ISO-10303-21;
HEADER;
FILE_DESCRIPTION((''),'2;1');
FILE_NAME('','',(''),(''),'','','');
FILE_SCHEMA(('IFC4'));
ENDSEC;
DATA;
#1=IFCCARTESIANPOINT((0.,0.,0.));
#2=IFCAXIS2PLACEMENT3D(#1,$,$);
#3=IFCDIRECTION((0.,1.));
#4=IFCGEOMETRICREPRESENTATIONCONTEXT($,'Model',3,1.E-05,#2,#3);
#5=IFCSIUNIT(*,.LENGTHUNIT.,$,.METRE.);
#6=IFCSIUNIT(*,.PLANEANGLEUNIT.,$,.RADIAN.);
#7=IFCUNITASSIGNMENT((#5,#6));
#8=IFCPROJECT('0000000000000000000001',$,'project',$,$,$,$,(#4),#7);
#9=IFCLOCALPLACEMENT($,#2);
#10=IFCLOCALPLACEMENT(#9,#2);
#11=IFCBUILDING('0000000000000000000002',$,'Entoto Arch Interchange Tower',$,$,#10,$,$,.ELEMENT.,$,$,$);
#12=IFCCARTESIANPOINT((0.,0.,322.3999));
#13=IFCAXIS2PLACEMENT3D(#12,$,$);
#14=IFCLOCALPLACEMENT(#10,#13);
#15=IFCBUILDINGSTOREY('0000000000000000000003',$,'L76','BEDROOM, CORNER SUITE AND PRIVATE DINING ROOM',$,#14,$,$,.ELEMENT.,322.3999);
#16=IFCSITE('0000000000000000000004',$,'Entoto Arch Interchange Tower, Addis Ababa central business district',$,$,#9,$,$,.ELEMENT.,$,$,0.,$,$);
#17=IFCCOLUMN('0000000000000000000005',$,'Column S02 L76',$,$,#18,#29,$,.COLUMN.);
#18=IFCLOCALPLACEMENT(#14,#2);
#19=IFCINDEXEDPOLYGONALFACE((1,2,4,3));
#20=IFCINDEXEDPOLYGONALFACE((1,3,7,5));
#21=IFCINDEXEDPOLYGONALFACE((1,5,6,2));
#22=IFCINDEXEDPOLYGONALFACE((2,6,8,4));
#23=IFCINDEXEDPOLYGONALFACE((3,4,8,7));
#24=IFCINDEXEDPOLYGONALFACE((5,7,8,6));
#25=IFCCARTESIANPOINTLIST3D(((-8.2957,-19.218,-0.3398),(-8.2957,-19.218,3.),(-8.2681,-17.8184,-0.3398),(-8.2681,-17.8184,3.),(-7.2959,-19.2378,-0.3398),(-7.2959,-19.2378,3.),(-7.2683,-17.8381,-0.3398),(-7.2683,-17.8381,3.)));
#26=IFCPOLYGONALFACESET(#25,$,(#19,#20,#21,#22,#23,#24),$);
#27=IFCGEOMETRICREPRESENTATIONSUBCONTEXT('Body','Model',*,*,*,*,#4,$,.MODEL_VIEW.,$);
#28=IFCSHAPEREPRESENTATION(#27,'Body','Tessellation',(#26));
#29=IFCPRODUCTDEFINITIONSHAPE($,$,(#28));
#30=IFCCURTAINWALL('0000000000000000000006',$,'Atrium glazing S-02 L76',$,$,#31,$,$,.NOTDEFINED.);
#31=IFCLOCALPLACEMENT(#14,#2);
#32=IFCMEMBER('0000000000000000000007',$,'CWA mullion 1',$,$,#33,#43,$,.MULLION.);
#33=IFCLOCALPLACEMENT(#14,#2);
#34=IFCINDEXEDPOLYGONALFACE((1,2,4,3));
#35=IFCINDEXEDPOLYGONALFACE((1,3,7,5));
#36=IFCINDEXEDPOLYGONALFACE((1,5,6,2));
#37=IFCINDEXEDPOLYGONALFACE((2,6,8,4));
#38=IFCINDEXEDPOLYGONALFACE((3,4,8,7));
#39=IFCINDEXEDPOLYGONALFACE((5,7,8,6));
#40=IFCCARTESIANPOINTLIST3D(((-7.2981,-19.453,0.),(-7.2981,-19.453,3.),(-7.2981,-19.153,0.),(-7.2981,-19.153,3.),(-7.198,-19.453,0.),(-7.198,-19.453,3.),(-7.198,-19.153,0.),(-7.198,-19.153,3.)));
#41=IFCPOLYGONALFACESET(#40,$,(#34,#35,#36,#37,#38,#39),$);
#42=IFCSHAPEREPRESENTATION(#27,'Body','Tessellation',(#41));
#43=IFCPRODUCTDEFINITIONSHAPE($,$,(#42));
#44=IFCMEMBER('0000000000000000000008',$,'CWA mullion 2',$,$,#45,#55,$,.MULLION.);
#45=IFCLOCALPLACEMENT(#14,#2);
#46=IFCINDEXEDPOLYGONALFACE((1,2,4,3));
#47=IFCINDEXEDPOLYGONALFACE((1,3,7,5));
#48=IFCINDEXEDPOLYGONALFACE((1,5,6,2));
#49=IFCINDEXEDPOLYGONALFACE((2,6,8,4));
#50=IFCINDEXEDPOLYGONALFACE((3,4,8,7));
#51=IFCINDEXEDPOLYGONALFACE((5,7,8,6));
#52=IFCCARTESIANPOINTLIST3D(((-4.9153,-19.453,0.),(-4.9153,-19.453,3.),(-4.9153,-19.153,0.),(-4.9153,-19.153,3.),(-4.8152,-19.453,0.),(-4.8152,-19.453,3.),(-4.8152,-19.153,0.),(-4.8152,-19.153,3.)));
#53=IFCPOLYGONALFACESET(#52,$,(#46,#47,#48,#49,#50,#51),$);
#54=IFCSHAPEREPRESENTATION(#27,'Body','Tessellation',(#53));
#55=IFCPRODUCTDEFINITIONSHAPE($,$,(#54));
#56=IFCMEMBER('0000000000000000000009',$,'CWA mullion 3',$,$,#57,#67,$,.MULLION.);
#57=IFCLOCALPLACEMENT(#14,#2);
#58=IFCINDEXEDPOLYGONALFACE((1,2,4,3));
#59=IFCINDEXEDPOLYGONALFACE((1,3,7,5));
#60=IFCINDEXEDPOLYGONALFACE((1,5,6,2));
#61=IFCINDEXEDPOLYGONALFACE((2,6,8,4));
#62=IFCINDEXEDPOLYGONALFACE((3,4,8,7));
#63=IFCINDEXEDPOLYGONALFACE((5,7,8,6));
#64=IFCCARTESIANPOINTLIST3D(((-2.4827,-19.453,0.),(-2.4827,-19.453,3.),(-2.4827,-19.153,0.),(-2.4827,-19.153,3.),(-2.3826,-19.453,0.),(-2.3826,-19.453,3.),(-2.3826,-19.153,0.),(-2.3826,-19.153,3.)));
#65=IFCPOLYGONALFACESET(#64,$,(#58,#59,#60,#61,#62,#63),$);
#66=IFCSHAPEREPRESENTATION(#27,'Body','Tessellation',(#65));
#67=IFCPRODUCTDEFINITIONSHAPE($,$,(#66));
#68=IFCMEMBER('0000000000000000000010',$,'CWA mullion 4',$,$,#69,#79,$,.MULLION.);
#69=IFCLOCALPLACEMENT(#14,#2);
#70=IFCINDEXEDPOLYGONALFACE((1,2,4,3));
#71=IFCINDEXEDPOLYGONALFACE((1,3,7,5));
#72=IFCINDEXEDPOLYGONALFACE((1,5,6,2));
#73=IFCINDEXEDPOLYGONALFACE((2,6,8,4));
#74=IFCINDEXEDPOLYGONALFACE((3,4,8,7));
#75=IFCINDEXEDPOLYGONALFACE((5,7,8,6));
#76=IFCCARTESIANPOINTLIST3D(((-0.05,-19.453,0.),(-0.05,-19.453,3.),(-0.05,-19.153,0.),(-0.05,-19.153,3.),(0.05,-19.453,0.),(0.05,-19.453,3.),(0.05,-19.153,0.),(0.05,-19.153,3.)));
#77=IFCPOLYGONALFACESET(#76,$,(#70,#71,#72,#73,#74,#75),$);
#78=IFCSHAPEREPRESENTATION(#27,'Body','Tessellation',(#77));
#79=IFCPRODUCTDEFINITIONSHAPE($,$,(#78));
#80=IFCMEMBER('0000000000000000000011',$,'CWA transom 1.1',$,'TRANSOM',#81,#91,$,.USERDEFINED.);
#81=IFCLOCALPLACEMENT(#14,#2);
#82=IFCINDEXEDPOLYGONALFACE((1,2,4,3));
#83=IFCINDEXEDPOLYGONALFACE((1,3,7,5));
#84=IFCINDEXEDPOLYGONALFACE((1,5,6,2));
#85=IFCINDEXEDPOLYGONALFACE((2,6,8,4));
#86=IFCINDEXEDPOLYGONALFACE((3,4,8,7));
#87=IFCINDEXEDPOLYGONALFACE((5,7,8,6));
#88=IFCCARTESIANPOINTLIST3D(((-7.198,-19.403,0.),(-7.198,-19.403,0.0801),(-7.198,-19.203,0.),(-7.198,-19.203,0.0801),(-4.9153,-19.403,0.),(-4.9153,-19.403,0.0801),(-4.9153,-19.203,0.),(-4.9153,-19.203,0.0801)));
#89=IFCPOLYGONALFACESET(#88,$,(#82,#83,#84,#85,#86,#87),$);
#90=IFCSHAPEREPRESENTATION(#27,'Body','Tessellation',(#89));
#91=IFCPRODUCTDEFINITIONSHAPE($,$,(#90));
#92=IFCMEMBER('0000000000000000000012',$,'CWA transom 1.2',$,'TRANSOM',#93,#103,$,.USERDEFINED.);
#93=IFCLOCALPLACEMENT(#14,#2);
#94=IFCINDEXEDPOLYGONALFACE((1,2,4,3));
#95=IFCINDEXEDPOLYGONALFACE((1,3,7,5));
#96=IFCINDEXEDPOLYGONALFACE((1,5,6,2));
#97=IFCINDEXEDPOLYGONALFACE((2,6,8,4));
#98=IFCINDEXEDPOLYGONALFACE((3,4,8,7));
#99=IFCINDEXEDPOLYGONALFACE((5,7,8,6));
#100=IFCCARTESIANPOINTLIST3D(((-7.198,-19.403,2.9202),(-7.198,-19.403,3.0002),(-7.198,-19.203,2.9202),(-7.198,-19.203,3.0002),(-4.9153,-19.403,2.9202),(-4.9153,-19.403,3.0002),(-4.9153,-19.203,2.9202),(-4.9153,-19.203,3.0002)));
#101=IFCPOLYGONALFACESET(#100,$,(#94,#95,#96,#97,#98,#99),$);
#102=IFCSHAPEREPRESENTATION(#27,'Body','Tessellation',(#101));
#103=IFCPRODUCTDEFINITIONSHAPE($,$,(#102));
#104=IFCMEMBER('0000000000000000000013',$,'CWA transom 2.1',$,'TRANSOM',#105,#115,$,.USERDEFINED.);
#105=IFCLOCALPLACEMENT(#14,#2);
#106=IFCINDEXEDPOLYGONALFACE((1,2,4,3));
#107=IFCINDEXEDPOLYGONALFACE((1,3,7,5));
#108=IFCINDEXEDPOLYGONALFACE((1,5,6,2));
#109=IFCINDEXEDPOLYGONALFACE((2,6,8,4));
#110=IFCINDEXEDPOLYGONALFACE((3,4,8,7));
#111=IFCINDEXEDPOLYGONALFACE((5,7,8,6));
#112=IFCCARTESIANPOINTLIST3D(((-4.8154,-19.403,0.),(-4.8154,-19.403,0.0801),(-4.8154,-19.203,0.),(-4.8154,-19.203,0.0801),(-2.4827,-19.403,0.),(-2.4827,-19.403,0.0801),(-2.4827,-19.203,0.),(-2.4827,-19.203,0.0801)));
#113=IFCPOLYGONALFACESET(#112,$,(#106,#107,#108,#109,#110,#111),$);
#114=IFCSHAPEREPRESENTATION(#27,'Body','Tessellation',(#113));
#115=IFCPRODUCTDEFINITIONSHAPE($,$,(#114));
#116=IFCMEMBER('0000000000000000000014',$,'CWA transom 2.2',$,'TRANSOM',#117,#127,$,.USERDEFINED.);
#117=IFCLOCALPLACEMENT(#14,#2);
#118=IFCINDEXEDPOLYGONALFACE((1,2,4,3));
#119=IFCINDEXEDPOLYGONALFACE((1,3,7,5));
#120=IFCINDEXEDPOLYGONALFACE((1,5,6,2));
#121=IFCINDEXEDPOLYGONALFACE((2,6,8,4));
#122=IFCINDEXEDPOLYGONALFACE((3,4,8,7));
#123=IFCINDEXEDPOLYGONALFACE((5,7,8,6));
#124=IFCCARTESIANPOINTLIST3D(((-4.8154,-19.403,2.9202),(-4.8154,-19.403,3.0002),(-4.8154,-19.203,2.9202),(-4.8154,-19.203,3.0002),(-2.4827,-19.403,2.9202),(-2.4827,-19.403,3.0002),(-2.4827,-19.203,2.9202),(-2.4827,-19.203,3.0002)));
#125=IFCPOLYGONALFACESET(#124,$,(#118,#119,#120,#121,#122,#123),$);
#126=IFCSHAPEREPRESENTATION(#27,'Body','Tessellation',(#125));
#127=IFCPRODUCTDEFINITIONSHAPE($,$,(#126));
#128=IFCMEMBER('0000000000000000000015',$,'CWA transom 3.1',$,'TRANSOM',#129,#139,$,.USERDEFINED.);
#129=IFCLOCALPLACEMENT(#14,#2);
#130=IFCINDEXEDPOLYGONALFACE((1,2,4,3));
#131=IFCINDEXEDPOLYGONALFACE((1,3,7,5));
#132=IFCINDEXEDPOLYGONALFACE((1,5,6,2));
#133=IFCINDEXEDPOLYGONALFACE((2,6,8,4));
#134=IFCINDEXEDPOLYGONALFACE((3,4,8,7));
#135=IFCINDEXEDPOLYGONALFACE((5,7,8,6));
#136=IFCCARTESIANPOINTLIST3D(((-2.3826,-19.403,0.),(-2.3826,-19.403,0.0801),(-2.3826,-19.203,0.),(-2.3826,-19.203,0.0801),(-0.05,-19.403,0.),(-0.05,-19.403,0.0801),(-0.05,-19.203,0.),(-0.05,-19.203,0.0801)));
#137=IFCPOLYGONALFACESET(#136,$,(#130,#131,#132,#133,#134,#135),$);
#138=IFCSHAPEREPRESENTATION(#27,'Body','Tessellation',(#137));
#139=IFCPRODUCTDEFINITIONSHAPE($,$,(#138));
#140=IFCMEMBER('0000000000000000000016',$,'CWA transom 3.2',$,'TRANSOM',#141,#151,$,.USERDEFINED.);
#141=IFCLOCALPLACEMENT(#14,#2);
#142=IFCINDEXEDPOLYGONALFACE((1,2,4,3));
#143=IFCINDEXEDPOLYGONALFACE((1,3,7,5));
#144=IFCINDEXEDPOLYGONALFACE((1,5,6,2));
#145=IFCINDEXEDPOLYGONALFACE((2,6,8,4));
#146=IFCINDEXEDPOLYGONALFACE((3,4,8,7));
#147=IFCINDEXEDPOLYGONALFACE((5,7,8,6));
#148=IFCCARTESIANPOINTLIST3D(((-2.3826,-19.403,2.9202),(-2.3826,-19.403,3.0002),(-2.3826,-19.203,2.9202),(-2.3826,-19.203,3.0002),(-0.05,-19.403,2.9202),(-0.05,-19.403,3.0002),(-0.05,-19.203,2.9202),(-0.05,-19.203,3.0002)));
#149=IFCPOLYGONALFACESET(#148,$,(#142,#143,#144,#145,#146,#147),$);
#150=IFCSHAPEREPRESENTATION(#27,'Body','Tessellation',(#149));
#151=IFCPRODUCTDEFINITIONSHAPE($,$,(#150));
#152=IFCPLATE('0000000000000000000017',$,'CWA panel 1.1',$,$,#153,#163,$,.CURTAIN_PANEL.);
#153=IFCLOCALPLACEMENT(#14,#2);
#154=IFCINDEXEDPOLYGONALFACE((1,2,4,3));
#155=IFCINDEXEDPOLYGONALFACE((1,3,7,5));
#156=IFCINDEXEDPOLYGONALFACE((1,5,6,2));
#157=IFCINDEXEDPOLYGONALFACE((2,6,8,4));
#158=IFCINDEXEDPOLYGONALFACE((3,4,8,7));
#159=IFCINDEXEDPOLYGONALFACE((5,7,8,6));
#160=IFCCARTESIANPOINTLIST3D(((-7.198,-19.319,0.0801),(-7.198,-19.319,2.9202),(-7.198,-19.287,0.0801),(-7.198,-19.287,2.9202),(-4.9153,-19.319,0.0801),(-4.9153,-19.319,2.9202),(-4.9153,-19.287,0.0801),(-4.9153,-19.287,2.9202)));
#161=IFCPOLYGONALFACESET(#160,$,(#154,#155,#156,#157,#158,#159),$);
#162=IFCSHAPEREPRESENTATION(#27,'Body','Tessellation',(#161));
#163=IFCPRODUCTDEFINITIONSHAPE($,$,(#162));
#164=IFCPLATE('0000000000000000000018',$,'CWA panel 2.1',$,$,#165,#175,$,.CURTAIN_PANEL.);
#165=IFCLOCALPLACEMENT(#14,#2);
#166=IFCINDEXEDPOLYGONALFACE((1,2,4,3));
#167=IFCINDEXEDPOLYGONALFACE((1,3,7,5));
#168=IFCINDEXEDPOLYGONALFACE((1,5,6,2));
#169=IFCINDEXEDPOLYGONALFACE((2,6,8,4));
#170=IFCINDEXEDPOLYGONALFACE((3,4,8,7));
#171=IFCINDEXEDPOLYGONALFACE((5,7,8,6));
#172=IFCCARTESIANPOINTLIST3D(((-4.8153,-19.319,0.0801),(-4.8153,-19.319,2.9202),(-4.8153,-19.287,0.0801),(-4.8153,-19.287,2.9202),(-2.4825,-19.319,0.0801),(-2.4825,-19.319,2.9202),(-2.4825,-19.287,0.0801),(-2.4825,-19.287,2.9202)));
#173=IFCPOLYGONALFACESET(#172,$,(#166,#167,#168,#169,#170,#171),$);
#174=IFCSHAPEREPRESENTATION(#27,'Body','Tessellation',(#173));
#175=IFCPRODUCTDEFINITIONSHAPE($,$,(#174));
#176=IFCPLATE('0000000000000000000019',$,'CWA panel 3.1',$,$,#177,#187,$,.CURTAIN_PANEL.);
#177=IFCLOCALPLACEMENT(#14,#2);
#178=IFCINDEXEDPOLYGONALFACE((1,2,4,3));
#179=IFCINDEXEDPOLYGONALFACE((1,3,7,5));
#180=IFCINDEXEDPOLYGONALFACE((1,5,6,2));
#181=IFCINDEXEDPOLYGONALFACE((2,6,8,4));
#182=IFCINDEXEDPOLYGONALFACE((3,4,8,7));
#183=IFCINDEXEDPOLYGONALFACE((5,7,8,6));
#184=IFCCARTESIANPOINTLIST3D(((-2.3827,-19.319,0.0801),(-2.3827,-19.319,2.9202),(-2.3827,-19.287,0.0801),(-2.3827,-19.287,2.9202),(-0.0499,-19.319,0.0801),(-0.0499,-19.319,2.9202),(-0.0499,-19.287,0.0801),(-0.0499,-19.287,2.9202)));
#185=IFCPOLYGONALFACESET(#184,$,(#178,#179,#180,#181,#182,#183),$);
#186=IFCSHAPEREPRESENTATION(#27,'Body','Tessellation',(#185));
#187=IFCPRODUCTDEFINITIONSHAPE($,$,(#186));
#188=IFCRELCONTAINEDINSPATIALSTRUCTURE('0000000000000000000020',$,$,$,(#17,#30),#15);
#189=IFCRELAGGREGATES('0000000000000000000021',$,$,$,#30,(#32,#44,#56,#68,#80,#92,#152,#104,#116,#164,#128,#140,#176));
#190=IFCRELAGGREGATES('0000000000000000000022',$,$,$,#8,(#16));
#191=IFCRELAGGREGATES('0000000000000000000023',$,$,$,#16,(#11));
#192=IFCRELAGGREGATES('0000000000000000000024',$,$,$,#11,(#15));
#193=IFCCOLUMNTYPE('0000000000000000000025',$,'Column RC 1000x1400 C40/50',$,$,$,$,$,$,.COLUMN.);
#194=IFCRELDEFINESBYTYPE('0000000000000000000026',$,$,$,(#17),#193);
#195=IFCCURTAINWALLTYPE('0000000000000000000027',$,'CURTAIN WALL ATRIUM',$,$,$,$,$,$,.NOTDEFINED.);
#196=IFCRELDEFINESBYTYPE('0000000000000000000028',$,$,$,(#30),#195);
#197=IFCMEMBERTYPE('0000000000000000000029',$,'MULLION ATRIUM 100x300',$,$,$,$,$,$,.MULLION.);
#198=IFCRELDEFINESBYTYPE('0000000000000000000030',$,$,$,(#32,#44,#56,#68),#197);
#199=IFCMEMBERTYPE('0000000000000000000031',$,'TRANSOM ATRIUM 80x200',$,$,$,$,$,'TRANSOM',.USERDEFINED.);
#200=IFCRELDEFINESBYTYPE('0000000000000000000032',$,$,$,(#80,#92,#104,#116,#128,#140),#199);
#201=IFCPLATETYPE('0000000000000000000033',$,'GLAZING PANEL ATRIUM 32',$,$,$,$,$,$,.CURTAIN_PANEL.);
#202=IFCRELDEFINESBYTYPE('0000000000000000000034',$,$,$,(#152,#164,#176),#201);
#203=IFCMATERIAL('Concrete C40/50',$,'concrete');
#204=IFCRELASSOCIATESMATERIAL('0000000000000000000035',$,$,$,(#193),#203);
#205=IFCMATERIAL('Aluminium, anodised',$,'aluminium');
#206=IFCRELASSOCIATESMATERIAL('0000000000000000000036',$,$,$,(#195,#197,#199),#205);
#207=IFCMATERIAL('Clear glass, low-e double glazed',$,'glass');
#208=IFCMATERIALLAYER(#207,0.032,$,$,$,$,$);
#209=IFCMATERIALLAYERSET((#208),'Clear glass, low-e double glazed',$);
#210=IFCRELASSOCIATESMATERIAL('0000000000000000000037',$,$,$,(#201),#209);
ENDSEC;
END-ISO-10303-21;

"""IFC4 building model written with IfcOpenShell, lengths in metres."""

from ifc_helpers import new_model, si_unit, direction, frame, origin, origin_2d, place, context, subcontext, project, spatial, rectangle, extrude, material, layer, layer_set, material_profile, profile_set, type_object, element, aggregate, save


model = new_model("IFC4")

# Units and contexts
model_context = context("Model", 3, precision=1e-05, world=origin(), true_north=direction((0.0, 1.0)))
body_context = subcontext(model_context, "Body", "Model", "MODEL_VIEW")
ifc_project = project(units=[si_unit("LENGTHUNIT", "METRE"), si_unit("PLANEANGLEUNIT", "RADIAN")], contexts=[model_context])

# Site, building, storey
site_placement = place(None, origin())
site = spatial("IfcSite", under=ifc_project, at=site_placement, Name="Entoto Arch Interchange Tower, Addis Ababa central business district", CompositionType="ELEMENT", RefElevation=0.0)
building_placement = place(site_placement, origin())
building = spatial("IfcBuilding", under=site, at=building_placement, Name="Entoto Arch Interchange Tower", CompositionType="ELEMENT")
storey_placement = place(building_placement, frame((0.0, 0.0, 322.3999)))
storey = spatial("IfcBuildingStorey", under=building, at=storey_placement, Name="L76", Description="BEDROOM, CORNER SUITE AND PRIVATE DINING ROOM", CompositionType="ELEMENT", Elevation=322.3999)

# Column
ifc_material_1 = material(Name="Concrete C40/50", Category="concrete")
ifc_material_profile_1 = material_profile(ifc_material_1, rectangle(XDim=1.0, YDim=1.3999, at=origin_2d()))
ifc_profile_set_1 = profile_set([ifc_material_profile_1], Name="Concrete C40/50")
column_type = type_object("IfcColumnType", Name="Column RC 1000x1400 C40/50", PredefinedType="COLUMN", material=ifc_profile_set_1)
column_placement = place(storey_placement, frame((-7.782, -18.5281, -0.3398), z_axis=(0.0, 0.0, 1.0), x_axis=(-0.999806, 0.019721, 0.0)))
element("IfcColumn", 1, at=column_placement, inside=storey, type_object=column_type, Name="Column S02 L76", PredefinedType="COLUMN", context=body_context, shape_type="SweptSolid", body=[
    extrude(rectangle(XDim=1.0, YDim=1.3999, at=origin_2d()), origin(), (0.0, 0.0, 1.0), 3.3398),
])

# Curtain wall, members, plates
ifc_material_2 = material(Name="Aluminium, anodised", Category="aluminium")
curtain_wall_type = type_object("IfcCurtainWallType", Name="CURTAIN WALL ATRIUM", PredefinedType="NOTDEFINED", material=ifc_material_2)
curtain_wall_placement = place(storey_placement, origin())
curtain_wall = element("IfcCurtainWall", 2, at=curtain_wall_placement, inside=storey, type_object=curtain_wall_type, Name="Atrium glazing S-02 L76", PredefinedType="NOTDEFINED")
ifc_material_profile_2 = material_profile(ifc_material_2, rectangle(XDim=0.3, YDim=0.1001, at=origin_2d()))
ifc_profile_set_2 = profile_set([ifc_material_profile_2], Name="Aluminium, anodised")
member_type_1 = type_object("IfcMemberType", Name="MULLION ATRIUM 100x300", PredefinedType="MULLION", material=ifc_profile_set_2)
member_1_placement = place(storey_placement, frame((-7.248, -19.303, 0.0), z_axis=(0.0, 0.0, 1.0), x_axis=(0.0, 1.0, 0.0)))
member_1 = element("IfcMember", 3, at=member_1_placement, type_object=member_type_1, Name="CWA mullion 1", PredefinedType="MULLION", context=body_context, shape_type="SweptSolid", body=[
    extrude(rectangle(XDim=0.3, YDim=0.1001, at=origin_2d()), origin(), (0.0, 0.0, 1.0), 3.0),
])
member_2_placement = place(storey_placement, frame((-4.8652, -19.303, 0.0), z_axis=(0.0, 0.0, 1.0), x_axis=(0.0, 1.0, 0.0)))
member_2 = element("IfcMember", 4, at=member_2_placement, type_object=member_type_1, Name="CWA mullion 2", PredefinedType="MULLION", context=body_context, shape_type="SweptSolid", body=[
    extrude(rectangle(XDim=0.3, YDim=0.1001, at=origin_2d()), origin(), (0.0, 0.0, 1.0), 3.0),
])
member_3_placement = place(storey_placement, frame((-2.4326, -19.303, 0.0), z_axis=(0.0, 0.0, 1.0), x_axis=(0.0, 1.0, 0.0)))
member_3 = element("IfcMember", 5, at=member_3_placement, type_object=member_type_1, Name="CWA mullion 3", PredefinedType="MULLION", context=body_context, shape_type="SweptSolid", body=[
    extrude(rectangle(XDim=0.3, YDim=0.1001, at=origin_2d()), origin(), (0.0, 0.0, 1.0), 3.0),
])
member_4_placement = place(storey_placement, frame((0.0, -19.303, 0.0), z_axis=(0.0, 0.0, 1.0), x_axis=(0.0, 1.0, 0.0)))
member_4 = element("IfcMember", 6, at=member_4_placement, type_object=member_type_1, Name="CWA mullion 4", PredefinedType="MULLION", context=body_context, shape_type="SweptSolid", body=[
    extrude(rectangle(XDim=0.3, YDim=0.1001, at=origin_2d()), origin(), (0.0, 0.0, 1.0), 3.0),
])
ifc_material_profile_3 = material_profile(ifc_material_2, rectangle(XDim=0.2, YDim=0.0801, at=origin_2d()))
ifc_profile_set_3 = profile_set([ifc_material_profile_3], Name="Aluminium, anodised")
member_type_2 = type_object("IfcMemberType", Name="TRANSOM ATRIUM 80x200", ElementType="TRANSOM", PredefinedType="USERDEFINED", material=ifc_profile_set_3)
member_5_placement = place(storey_placement, frame((-7.198, -19.303, 0.04), z_axis=(1.0, 0.0, 0.0), x_axis=(0.0, 1.0, 0.0)))
member_5 = element("IfcMember", 7, at=member_5_placement, type_object=member_type_2, Name="CWA transom 1.1", ObjectType="TRANSOM", PredefinedType="USERDEFINED", context=body_context, shape_type="SweptSolid", body=[
    extrude(rectangle(XDim=0.2, YDim=0.0801, at=origin_2d()), origin(), (0.0, 0.0, 1.0), 2.2827),
])
member_6_placement = place(storey_placement, frame((-7.198, -19.303, 2.9602), z_axis=(1.0, 0.0, 0.0), x_axis=(0.0, 1.0, 0.0)))
member_6 = element("IfcMember", 8, at=member_6_placement, type_object=member_type_2, Name="CWA transom 1.2", ObjectType="TRANSOM", PredefinedType="USERDEFINED", context=body_context, shape_type="SweptSolid", body=[
    extrude(rectangle(XDim=0.2, YDim=0.0801, at=origin_2d()), origin(), (0.0, 0.0, 1.0), 2.2827),
])
member_7_placement = place(storey_placement, frame((-4.8154, -19.303, 0.04), z_axis=(1.0, 0.0, 0.0), x_axis=(0.0, 1.0, 0.0)))
member_7 = element("IfcMember", 9, at=member_7_placement, type_object=member_type_2, Name="CWA transom 2.1", ObjectType="TRANSOM", PredefinedType="USERDEFINED", context=body_context, shape_type="SweptSolid", body=[
    extrude(rectangle(XDim=0.2, YDim=0.0801, at=origin_2d()), origin(), (0.0, 0.0, 1.0), 2.3328),
])
member_8_placement = place(storey_placement, frame((-4.8154, -19.303, 2.9602), z_axis=(1.0, 0.0, 0.0), x_axis=(0.0, 1.0, 0.0)))
member_8 = element("IfcMember", 10, at=member_8_placement, type_object=member_type_2, Name="CWA transom 2.2", ObjectType="TRANSOM", PredefinedType="USERDEFINED", context=body_context, shape_type="SweptSolid", body=[
    extrude(rectangle(XDim=0.2, YDim=0.0801, at=origin_2d()), origin(), (0.0, 0.0, 1.0), 2.3328),
])
member_9_placement = place(storey_placement, frame((-2.3826, -19.303, 0.04), z_axis=(1.0, 0.0, 0.0), x_axis=(0.0, 1.0, 0.0)))
member_9 = element("IfcMember", 11, at=member_9_placement, type_object=member_type_2, Name="CWA transom 3.1", ObjectType="TRANSOM", PredefinedType="USERDEFINED", context=body_context, shape_type="SweptSolid", body=[
    extrude(rectangle(XDim=0.2, YDim=0.0801, at=origin_2d()), origin(), (0.0, 0.0, 1.0), 2.3325),
])
member_10_placement = place(storey_placement, frame((-2.3826, -19.303, 2.9602), z_axis=(1.0, 0.0, 0.0), x_axis=(0.0, 1.0, 0.0)))
member_10 = element("IfcMember", 12, at=member_10_placement, type_object=member_type_2, Name="CWA transom 3.2", ObjectType="TRANSOM", PredefinedType="USERDEFINED", context=body_context, shape_type="SweptSolid", body=[
    extrude(rectangle(XDim=0.2, YDim=0.0801, at=origin_2d()), origin(), (0.0, 0.0, 1.0), 2.3325),
])
ifc_material_3 = material(Name="Clear glass, low-e double glazed", Category="glass")
ifc_layer_1 = layer(ifc_material_3, 0.032)
ifc_layer_set_1 = layer_set([ifc_layer_1], Name="Clear glass, low-e double glazed")
plate_type = type_object("IfcPlateType", Name="GLAZING PANEL ATRIUM 32", PredefinedType="CURTAIN_PANEL", material=ifc_layer_set_1)
plate_1_placement = place(storey_placement, frame((-6.0566, -19.303, 0.0801), z_axis=(0.0, 0.0, 1.0), x_axis=(1.0, 0.0, 0.0)))
plate_1 = element("IfcPlate", 13, at=plate_1_placement, type_object=plate_type, Name="CWA panel 1.1", PredefinedType="CURTAIN_PANEL", context=body_context, shape_type="SweptSolid", body=[
    extrude(rectangle(XDim=2.2827, YDim=0.032, at=origin_2d()), origin(), (0.0, 0.0, 1.0), 2.8401),
])
plate_2_placement = place(storey_placement, frame((-3.6489, -19.303, 0.0801), z_axis=(0.0, 0.0, 1.0), x_axis=(1.0, 0.0, 0.0)))
plate_2 = element("IfcPlate", 14, at=plate_2_placement, type_object=plate_type, Name="CWA panel 2.1", PredefinedType="CURTAIN_PANEL", context=body_context, shape_type="SweptSolid", body=[
    extrude(rectangle(XDim=2.3328, YDim=0.032, at=origin_2d()), origin(), (0.0, 0.0, 1.0), 2.8401),
])
plate_3_placement = place(storey_placement, frame((-1.2163, -19.303, 0.0801), z_axis=(0.0, 0.0, 1.0), x_axis=(1.0, 0.0, 0.0)))
plate_3 = element("IfcPlate", 15, at=plate_3_placement, type_object=plate_type, Name="CWA panel 3.1", PredefinedType="CURTAIN_PANEL", context=body_context, shape_type="SweptSolid", body=[
    extrude(rectangle(XDim=2.3328, YDim=0.032, at=origin_2d()), origin(), (0.0, 0.0, 1.0), 2.8401),
])
aggregate(curtain_wall, [member_1, member_2, member_3, member_4, member_5, member_6, plate_1, member_7, member_8, plate_2, member_9, member_10, plate_3])

save(model, "model.ifc")
